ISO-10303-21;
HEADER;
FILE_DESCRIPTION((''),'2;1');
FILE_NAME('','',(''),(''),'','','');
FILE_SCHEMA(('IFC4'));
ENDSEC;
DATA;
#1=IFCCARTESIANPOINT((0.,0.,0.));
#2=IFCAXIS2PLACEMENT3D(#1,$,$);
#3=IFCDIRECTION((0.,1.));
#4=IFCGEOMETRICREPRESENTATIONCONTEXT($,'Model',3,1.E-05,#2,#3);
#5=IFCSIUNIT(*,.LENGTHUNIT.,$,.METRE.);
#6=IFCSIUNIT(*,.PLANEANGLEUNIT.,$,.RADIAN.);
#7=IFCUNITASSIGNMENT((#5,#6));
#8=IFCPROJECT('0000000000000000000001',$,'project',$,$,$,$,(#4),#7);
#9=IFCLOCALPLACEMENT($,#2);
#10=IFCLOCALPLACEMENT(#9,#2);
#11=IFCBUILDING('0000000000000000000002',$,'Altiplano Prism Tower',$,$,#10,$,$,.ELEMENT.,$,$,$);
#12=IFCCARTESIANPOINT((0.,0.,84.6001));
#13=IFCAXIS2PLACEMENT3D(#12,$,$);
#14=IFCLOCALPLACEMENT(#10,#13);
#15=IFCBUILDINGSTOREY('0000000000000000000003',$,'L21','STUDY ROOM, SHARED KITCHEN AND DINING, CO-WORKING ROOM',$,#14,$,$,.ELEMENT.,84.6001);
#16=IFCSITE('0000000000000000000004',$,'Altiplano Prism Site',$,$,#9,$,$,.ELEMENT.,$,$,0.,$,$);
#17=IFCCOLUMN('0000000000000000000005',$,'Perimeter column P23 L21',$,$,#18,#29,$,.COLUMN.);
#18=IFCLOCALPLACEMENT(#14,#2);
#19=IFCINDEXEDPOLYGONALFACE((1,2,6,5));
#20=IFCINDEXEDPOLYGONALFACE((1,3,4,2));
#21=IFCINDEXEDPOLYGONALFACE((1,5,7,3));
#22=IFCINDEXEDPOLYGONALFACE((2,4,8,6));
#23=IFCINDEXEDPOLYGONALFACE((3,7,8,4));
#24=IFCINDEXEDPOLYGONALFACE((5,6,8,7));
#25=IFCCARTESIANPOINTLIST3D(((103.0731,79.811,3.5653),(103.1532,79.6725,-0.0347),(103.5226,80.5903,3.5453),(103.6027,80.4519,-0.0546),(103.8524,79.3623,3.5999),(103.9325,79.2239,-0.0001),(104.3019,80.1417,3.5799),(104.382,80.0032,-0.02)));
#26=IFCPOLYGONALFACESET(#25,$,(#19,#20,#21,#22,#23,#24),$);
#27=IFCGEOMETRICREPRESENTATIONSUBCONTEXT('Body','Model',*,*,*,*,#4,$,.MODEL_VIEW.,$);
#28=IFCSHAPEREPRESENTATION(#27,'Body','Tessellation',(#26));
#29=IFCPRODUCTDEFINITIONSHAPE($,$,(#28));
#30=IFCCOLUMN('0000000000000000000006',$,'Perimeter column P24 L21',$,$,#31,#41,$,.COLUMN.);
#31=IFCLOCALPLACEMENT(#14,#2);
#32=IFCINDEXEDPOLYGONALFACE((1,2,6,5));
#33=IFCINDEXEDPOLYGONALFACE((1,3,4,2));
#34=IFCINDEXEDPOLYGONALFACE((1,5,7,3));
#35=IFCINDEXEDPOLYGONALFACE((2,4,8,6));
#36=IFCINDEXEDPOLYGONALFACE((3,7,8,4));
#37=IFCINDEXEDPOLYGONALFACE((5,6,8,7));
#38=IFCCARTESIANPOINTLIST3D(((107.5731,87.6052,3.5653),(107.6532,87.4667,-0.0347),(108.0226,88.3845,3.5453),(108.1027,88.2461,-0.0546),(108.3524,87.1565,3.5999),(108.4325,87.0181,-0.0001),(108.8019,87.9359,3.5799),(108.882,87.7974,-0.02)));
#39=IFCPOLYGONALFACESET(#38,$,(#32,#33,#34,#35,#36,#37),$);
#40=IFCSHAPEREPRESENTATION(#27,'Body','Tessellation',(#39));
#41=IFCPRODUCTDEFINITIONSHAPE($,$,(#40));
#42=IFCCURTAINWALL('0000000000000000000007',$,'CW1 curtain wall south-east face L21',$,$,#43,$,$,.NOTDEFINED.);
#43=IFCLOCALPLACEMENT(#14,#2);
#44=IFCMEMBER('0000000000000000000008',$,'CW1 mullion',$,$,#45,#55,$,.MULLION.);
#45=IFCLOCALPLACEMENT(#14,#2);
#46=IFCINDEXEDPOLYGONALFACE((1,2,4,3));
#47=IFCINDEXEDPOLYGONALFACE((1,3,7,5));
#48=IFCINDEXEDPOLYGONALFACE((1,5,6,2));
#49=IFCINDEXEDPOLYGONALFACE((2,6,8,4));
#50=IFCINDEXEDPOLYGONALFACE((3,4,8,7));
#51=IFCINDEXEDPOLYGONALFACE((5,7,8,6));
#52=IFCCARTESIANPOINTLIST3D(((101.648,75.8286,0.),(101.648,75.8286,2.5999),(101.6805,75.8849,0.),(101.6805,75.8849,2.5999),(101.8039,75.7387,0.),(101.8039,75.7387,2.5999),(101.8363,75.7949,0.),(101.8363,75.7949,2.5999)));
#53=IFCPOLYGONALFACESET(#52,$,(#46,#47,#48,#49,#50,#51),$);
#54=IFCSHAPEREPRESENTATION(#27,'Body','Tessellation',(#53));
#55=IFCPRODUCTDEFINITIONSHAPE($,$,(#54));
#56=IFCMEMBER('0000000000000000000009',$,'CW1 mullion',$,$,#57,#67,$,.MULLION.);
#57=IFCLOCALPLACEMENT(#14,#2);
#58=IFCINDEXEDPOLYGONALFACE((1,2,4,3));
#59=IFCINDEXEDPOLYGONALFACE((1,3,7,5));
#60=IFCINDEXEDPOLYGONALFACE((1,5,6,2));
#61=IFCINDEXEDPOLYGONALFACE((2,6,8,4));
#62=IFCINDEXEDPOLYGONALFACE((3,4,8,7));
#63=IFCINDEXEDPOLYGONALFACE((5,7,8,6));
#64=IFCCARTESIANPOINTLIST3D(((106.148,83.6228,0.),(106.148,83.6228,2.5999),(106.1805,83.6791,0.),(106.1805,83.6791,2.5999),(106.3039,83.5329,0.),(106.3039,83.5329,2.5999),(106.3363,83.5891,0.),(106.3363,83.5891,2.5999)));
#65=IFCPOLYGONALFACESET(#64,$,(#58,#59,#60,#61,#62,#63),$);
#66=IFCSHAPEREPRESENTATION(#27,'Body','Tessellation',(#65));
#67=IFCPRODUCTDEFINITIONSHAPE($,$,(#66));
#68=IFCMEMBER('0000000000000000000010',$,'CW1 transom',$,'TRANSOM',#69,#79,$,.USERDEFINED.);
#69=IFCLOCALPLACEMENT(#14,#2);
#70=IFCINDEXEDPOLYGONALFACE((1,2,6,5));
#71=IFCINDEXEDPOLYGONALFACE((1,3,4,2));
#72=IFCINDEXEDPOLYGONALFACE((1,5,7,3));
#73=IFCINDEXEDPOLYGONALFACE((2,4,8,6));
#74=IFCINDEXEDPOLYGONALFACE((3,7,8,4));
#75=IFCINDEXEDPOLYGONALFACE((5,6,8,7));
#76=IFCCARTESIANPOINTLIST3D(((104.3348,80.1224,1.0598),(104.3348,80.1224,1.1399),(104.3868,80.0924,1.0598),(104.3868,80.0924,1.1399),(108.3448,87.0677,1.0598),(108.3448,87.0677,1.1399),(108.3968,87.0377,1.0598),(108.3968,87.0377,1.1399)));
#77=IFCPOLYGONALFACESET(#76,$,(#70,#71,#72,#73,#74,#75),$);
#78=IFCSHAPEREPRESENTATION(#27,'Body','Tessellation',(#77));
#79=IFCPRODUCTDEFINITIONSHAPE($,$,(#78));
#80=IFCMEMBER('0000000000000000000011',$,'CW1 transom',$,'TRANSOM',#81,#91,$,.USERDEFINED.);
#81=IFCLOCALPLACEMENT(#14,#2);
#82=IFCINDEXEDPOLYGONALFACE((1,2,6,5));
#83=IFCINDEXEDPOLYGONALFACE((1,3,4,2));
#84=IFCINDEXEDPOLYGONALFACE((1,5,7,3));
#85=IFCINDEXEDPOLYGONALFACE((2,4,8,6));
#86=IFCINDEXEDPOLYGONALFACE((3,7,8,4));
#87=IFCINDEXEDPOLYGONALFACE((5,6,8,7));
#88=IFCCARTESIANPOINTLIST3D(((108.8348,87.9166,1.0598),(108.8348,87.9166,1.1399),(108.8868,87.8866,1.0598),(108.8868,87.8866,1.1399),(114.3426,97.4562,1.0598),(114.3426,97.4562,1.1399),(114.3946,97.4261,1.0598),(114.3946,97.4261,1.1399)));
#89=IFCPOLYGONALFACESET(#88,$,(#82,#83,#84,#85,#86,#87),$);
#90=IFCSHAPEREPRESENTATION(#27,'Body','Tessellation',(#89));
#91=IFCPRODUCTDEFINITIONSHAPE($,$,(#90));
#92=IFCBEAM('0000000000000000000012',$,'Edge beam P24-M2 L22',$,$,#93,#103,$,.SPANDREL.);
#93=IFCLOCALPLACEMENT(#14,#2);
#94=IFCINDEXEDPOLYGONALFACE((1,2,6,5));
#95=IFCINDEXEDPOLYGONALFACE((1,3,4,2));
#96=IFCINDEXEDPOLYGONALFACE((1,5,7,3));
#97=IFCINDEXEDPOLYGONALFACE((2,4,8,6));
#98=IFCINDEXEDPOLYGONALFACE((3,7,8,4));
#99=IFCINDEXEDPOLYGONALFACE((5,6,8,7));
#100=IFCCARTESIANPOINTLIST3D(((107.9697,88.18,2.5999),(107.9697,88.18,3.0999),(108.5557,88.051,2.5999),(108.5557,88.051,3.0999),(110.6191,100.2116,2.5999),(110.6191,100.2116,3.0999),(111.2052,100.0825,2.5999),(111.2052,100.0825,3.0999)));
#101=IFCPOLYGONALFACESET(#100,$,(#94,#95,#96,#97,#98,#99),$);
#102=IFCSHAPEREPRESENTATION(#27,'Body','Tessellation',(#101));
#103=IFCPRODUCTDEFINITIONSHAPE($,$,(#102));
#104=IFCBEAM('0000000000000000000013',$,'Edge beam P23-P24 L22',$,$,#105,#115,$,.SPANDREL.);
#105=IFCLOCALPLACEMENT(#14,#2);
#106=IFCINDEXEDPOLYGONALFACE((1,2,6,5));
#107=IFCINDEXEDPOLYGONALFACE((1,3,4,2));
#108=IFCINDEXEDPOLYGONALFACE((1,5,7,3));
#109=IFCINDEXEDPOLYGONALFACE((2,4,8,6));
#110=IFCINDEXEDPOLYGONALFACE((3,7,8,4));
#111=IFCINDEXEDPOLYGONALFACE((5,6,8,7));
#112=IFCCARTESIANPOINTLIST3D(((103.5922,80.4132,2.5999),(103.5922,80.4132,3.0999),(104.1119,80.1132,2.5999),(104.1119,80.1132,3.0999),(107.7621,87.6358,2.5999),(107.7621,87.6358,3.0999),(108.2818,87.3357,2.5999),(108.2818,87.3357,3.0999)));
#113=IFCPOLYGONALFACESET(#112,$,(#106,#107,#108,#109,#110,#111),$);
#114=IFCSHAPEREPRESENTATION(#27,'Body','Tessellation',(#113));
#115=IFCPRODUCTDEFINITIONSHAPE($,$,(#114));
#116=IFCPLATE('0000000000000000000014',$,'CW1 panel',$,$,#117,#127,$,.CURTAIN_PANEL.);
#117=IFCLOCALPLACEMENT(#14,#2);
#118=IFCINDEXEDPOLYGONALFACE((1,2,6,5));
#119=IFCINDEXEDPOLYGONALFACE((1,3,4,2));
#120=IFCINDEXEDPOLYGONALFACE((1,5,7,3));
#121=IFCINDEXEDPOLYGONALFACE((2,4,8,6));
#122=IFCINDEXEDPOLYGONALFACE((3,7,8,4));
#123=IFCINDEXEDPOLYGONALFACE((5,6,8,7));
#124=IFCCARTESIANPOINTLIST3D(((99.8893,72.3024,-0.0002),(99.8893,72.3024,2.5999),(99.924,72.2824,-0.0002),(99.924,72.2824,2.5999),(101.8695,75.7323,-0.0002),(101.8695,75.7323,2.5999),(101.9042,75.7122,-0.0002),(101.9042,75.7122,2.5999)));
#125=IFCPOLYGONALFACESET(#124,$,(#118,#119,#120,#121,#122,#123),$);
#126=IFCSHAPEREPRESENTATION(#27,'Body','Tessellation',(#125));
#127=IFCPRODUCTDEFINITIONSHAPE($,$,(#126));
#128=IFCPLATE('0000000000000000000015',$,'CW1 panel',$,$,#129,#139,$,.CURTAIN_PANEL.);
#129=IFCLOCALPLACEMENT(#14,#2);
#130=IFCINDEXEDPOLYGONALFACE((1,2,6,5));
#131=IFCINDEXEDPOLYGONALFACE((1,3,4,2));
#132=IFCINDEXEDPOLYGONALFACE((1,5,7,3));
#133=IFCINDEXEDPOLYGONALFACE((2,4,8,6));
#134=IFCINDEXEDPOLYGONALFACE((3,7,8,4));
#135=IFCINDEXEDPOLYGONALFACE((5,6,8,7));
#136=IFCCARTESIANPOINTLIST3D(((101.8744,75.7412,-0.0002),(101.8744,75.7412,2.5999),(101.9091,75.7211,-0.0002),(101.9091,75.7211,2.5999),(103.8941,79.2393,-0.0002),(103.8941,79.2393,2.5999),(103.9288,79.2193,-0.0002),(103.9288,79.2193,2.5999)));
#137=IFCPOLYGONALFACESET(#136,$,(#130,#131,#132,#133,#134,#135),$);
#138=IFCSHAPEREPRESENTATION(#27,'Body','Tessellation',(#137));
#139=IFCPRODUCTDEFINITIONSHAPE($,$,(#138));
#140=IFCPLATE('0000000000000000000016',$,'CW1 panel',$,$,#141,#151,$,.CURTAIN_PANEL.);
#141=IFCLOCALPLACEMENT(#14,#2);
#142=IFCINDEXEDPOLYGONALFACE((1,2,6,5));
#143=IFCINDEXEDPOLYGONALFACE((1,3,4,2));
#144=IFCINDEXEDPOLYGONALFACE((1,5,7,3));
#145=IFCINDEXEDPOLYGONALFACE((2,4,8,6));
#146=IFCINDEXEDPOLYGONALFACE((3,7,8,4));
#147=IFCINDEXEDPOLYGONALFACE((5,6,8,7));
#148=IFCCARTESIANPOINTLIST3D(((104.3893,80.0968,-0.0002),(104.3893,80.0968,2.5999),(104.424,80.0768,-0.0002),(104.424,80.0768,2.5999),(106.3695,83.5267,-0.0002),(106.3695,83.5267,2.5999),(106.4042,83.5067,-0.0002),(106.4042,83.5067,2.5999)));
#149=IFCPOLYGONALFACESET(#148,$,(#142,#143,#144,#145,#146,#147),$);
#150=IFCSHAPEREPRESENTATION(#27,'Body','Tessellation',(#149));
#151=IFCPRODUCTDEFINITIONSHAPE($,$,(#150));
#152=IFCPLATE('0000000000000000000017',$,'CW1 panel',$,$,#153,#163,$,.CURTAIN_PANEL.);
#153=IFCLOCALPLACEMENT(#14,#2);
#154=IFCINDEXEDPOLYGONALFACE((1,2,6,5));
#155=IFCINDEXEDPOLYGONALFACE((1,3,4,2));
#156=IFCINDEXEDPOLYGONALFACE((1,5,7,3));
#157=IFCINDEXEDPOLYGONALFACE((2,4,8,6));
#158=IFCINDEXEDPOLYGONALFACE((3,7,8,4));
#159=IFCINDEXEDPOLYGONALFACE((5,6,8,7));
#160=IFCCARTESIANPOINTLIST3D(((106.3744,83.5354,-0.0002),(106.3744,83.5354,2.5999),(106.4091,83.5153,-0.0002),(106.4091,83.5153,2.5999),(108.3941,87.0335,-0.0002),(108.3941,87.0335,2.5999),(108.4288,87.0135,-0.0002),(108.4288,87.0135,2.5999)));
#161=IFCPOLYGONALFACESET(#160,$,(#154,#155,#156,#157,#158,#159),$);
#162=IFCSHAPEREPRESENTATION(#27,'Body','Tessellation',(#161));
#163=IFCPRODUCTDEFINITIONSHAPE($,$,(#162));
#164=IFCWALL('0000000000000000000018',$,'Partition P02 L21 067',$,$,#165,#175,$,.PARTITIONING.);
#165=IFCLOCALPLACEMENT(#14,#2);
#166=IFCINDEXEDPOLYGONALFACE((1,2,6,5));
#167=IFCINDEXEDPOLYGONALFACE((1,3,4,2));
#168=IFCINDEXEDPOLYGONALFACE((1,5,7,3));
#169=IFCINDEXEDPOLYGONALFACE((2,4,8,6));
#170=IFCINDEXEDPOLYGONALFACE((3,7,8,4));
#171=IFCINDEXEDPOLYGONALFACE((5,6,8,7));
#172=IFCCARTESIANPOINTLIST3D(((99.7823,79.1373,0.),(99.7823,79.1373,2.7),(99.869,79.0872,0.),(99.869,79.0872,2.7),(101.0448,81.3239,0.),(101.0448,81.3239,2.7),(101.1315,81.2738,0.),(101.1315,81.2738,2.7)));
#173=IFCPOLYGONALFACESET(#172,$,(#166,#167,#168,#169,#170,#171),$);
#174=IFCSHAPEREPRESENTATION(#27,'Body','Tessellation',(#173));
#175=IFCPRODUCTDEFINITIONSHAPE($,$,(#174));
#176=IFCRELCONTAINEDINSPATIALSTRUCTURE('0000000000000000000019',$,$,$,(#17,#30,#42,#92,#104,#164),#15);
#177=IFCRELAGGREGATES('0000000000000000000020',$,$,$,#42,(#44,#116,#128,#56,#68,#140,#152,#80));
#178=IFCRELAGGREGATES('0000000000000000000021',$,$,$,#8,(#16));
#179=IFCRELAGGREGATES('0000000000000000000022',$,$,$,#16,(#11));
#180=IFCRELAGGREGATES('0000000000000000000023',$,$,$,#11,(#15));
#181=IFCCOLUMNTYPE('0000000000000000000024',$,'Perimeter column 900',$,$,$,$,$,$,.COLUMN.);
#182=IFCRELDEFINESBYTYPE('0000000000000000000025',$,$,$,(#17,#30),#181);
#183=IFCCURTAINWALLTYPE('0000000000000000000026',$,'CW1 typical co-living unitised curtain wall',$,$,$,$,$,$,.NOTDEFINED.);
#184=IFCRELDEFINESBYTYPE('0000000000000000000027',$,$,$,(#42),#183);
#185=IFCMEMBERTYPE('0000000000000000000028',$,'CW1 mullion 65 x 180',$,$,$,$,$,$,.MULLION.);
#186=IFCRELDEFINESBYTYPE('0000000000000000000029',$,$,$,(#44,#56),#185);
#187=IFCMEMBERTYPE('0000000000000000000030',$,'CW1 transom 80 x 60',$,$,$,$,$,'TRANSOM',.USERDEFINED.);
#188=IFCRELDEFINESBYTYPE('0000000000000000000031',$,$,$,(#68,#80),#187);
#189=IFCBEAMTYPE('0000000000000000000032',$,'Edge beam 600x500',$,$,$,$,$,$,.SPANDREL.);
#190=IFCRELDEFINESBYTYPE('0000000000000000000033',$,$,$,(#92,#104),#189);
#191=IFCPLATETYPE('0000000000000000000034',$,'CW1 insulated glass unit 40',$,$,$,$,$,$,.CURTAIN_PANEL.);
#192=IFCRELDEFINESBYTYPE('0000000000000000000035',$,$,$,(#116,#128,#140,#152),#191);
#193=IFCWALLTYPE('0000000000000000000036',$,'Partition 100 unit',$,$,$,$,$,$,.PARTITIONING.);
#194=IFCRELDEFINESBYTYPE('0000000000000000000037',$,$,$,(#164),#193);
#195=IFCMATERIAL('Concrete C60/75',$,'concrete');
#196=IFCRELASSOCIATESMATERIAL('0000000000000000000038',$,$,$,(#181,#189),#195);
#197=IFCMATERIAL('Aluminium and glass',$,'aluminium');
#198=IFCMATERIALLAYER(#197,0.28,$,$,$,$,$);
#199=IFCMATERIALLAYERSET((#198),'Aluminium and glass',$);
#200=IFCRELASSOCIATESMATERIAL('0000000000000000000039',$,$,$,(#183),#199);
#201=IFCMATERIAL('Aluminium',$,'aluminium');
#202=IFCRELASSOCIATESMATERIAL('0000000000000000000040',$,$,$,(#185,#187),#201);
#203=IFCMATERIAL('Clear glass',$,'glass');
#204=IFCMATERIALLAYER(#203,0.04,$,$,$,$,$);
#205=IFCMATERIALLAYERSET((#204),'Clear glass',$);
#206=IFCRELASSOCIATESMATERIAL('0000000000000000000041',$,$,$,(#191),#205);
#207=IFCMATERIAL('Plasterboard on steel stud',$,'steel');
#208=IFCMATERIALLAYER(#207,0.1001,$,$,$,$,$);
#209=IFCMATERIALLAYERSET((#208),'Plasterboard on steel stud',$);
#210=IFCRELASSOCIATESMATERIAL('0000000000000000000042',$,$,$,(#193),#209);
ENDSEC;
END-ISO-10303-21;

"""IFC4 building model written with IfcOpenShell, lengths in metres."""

from ifc_helpers import new_model, si_unit, direction, frame, frame_2d, origin, origin_2d, place, context, subcontext, project, spatial, rectangle, extrude, material, layer, layer_set, material_profile, profile_set, type_object, element, aggregate, save


model = new_model("IFC4")

# Units and contexts
model_context = context("Model", 3, precision=1e-05, world=origin(), true_north=direction((0.0, 1.0)))
body_context = subcontext(model_context, "Body", "Model", "MODEL_VIEW")
ifc_project = project(units=[si_unit("LENGTHUNIT", "METRE"), si_unit("PLANEANGLEUNIT", "RADIAN")], contexts=[model_context])

# Site, building, storey
site_placement = place(None, origin())
site = spatial("IfcSite", under=ifc_project, at=site_placement, Name="Altiplano Prism Site", CompositionType="ELEMENT", RefElevation=0.0)
building_placement = place(site_placement, origin())
building = spatial("IfcBuilding", under=site, at=building_placement, Name="Altiplano Prism Tower", CompositionType="ELEMENT")
storey_placement = place(building_placement, frame((0.0, 0.0, 84.6001)))
storey = spatial("IfcBuildingStorey", under=building, at=storey_placement, Name="L21", Description="STUDY ROOM, SHARED KITCHEN AND DINING, CO-WORKING ROOM", CompositionType="ELEMENT", Elevation=84.6001)

# Columns
ifc_material_1 = material(Name="Concrete C60/75", Category="concrete")
ifc_material_profile_1 = material_profile(ifc_material_1, rectangle(XDim=0.8999, YDim=0.8999, at=origin_2d()), Name="Perimeter column 900")
ifc_profile_set_1 = profile_set([ifc_material_profile_1], Name="Concrete C60/75")
column_type = type_object("IfcColumnType", Name="Perimeter column 900", PredefinedType="COLUMN", material=ifc_profile_set_1)
for number, where, z_axis, x_axis, name in (
    (1, (103.7676, 79.8379, -0.0273), (-0.022223, 0.038416, 0.999015), (-0.499508, -0.866025, 0.02219), "Perimeter column P23 L21"),
    (2, (108.2676, 87.6321, -0.0273), (-0.022223, 0.038416, 0.999015), (-0.499508, -0.866025, 0.02219), "Perimeter column P24 L21"),
):
    element("IfcColumn", number, at=place(storey_placement, frame(where, z_axis=z_axis, x_axis=x_axis)), inside=storey, type_object=column_type, Name=name, PredefinedType="COLUMN", context=body_context, shape_type="SweptSolid", body=[
        extrude(rectangle(XDim=0.8999, YDim=0.8999, at=origin_2d()), origin(), (0.0, 0.0, 1.0), 3.6035),
    ])

# Curtain wall, members
ifc_material_2 = material(Name="Aluminium and glass", Category="aluminium")
ifc_layer_1 = layer(ifc_material_2, 0.28)
ifc_layer_set_1 = layer_set([ifc_layer_1], Name="Aluminium and glass")
curtain_wall_type = type_object("IfcCurtainWallType", Name="CW1 typical co-living unitised curtain wall", PredefinedType="NOTDEFINED", material=ifc_layer_set_1)
curtain_wall_placement = place(storey_placement, origin())
curtain_wall = element("IfcCurtainWall", 3, at=curtain_wall_placement, inside=storey, type_object=curtain_wall_type, Name="CW1 curtain wall south-east face L21", PredefinedType="NOTDEFINED")
ifc_material_3 = material(Name="Aluminium", Category="aluminium")
ifc_material_profile_2 = material_profile(ifc_material_3, rectangle(XDim=0.1799, YDim=0.0649, at=origin_2d()), Name="CW1 mullion 65 x 180")
ifc_profile_set_2 = profile_set([ifc_material_profile_2], Name="Aluminium")
member_type_1 = type_object("IfcMemberType", Name="CW1 mullion 65 x 180", PredefinedType="MULLION", material=ifc_profile_set_2)
member_1_placement = place(storey_placement, frame((101.7422, 75.8118, 0.0), z_axis=(0.0, 0.0, 1.0), x_axis=(-0.866025, 0.5, 0.0)))
member_1 = element("IfcMember", 4, at=member_1_placement, type_object=member_type_1, Name="CW1 mullion", PredefinedType="MULLION", context=body_context, shape_type="SweptSolid", body=[
    extrude(rectangle(XDim=0.1799, YDim=0.0649, at=origin_2d()), origin(), (0.0, 0.0, 1.0), 2.5999),
])
member_2_placement = place(storey_placement, frame((106.2422, 83.606, 0.0), z_axis=(0.0, 0.0, 1.0), x_axis=(-0.866025, 0.5, 0.0)))
member_2 = element("IfcMember", 5, at=member_2_placement, type_object=member_type_1, Name="CW1 mullion", PredefinedType="MULLION", context=body_context, shape_type="SweptSolid", body=[
    extrude(rectangle(XDim=0.1799, YDim=0.0649, at=origin_2d()), origin(), (0.0, 0.0, 1.0), 2.5999),
])
ifc_material_profile_3 = material_profile(ifc_material_3, rectangle(XDim=0.0601, YDim=0.0801, at=origin_2d()), Name="CW1 transom 80 x 60")
ifc_profile_set_3 = profile_set([ifc_material_profile_3], Name="Aluminium")
member_type_2 = type_object("IfcMemberType", Name="CW1 transom 80 x 60", ElementType="TRANSOM", PredefinedType="USERDEFINED", material=ifc_profile_set_3)
member_3_placement = place(storey_placement, frame((104.3608, 80.1074, 1.0999), z_axis=(0.500012, 0.866018, 0.0), x_axis=(-0.866018, 0.500012, 0.0)))
member_3 = element("IfcMember", 6, at=member_3_placement, type_object=member_type_2, Name="CW1 transom", ObjectType="TRANSOM", PredefinedType="USERDEFINED", context=body_context, shape_type="SweptSolid", body=[
    extrude(rectangle(XDim=0.0601, YDim=0.0801, at=origin_2d()), origin(), (0.0, 0.0, 1.0), 8.0198),
])
member_4_placement = place(storey_placement, frame((108.8608, 87.9016, 1.0999), z_axis=(0.50001, 0.866019, 0.0), x_axis=(-0.866019, 0.50001, 0.0)))
member_4 = element("IfcMember", 7, at=member_4_placement, type_object=member_type_2, Name="CW1 transom", ObjectType="TRANSOM", PredefinedType="USERDEFINED", context=body_context, shape_type="SweptSolid", body=[
    extrude(rectangle(XDim=0.0601, YDim=0.0801, at=origin_2d()), origin(), (0.0, 0.0, 1.0), 11.0154),
])

# Beams
ifc_material_profile_4 = material_profile(ifc_material_1, rectangle(XDim=0.6001, YDim=0.5, at=origin_2d()), Name="Edge beam 600x500")
ifc_profile_set_4 = profile_set([ifc_material_profile_4], Name="Concrete C60/75")
beam_type = type_object("IfcBeamType", Name="Edge beam 600x500", PredefinedType="SPANDREL", material=ifc_profile_set_4)
beam_1_placement = place(storey_placement, frame((108.2627, 88.1155, 2.8499), z_axis=(0.215054, 0.976602, 0.0), x_axis=(-0.976602, 0.215054, 0.0)))
element("IfcBeam", 8, at=beam_1_placement, inside=storey, type_object=beam_type, Name="Edge beam P24-M2 L22", PredefinedType="SPANDREL", context=body_context, shape_type="SweptSolid", body=[
    extrude(rectangle(XDim=0.6001, YDim=0.5, at=origin_2d()), origin(), (0.0, 0.0, 1.0), 12.3198),
])
beam_2_placement = place(storey_placement, frame((103.8521, 80.2632, 2.8499), z_axis=(0.499993, 0.86603, 0.0), x_axis=(-0.86603, 0.499993, 0.0)))
element("IfcBeam", 9, at=beam_2_placement, inside=storey, type_object=beam_type, Name="Edge beam P23-P24 L22", PredefinedType="SPANDREL", context=body_context, shape_type="SweptSolid", body=[
    extrude(rectangle(XDim=0.6001, YDim=0.5, at=origin_2d()), origin(), (0.0, 0.0, 1.0), 8.3398),
])

# Plates
ifc_material_4 = material(Name="Clear glass", Category="glass")
ifc_layer_2 = layer(ifc_material_4, 0.04)
ifc_layer_set_2 = layer_set([ifc_layer_2], Name="Clear glass")
plate_type = type_object("IfcPlateType", Name="CW1 insulated glass unit 40", PredefinedType="CURTAIN_PANEL", material=ifc_layer_set_2)
plate_1_placement = place(storey_placement, frame((100.8967, 74.0073, -0.0002), z_axis=(0.0, 0.0, 1.0), x_axis=(0.5, 0.866025, 0.0)))
plate_1 = element("IfcPlate", 10, at=plate_1_placement, type_object=plate_type, Name="CW1 panel", PredefinedType="CURTAIN_PANEL", context=body_context, shape_type="SweptSolid", body=[
    extrude(rectangle(XDim=3.9604, YDim=0.04, at=origin_2d()), origin(), (0.0, 0.0, 1.0), 2.6001),
])
plate_2_placement = place(storey_placement, frame((102.9016, 77.4802, -0.0002), z_axis=(0.0, 0.0, 1.0), x_axis=(0.5, 0.866025, 0.0)))
plate_2 = element("IfcPlate", 11, at=plate_2_placement, type_object=plate_type, Name="CW1 panel", PredefinedType="CURTAIN_PANEL", context=body_context, shape_type="SweptSolid", body=[
    extrude(rectangle(XDim=4.0393, YDim=0.04, at=origin_2d()), origin(), (0.0, 0.0, 1.0), 2.6001),
])
plate_3_placement = place(storey_placement, frame((105.3967, 81.8018, -0.0002), z_axis=(0.0, 0.0, 1.0), x_axis=(0.5, 0.866025, 0.0)))
plate_3 = element("IfcPlate", 12, at=plate_3_placement, type_object=plate_type, Name="CW1 panel", PredefinedType="CURTAIN_PANEL", context=body_context, shape_type="SweptSolid", body=[
    extrude(rectangle(XDim=3.9604, YDim=0.04, at=origin_2d()), origin(), (0.0, 0.0, 1.0), 2.6001),
])
plate_4_placement = place(storey_placement, frame((107.4016, 85.2744, -0.0002), z_axis=(0.0, 0.0, 1.0), x_axis=(0.5, 0.866025, 0.0)))
plate_4 = element("IfcPlate", 13, at=plate_4_placement, type_object=plate_type, Name="CW1 panel", PredefinedType="CURTAIN_PANEL", context=body_context, shape_type="SweptSolid", body=[
    extrude(rectangle(XDim=4.0393, YDim=0.04, at=origin_2d()), origin(), (0.0, 0.0, 1.0), 2.6001),
])
aggregate(curtain_wall, [member_1, plate_1, plate_2, member_2, member_3, plate_3, plate_4, member_4])

# Wall
ifc_material_5 = material(Name="Plasterboard on steel stud", Category="steel")
ifc_layer_3 = layer(ifc_material_5, 0.1001)
ifc_layer_set_3 = layer_set([ifc_layer_3], Name="Plasterboard on steel stud")
wall_type_1 = type_object("IfcWallType", Name="Partition 100 unit", PredefinedType="PARTITIONING", material=ifc_layer_set_3)
wall_1_placement = place(storey_placement, frame((101.0881, 81.2988, 0.0), z_axis=(0.0, 0.0, 1.0), x_axis=(-0.500018, -0.866015, 0.0)))
element("IfcWall", 14, at=wall_1_placement, inside=storey, type_object=wall_type_1, Name="Partition P02 L21 067", PredefinedType="PARTITIONING", context=body_context, shape_type="SweptSolid", body=[
    extrude(rectangle(XDim=2.5249, YDim=0.1001, at=frame_2d((1.2625, 0.0))), origin(), (0.0, 0.0, 1.0), 2.7),
])

save(model, "model.ifc")
